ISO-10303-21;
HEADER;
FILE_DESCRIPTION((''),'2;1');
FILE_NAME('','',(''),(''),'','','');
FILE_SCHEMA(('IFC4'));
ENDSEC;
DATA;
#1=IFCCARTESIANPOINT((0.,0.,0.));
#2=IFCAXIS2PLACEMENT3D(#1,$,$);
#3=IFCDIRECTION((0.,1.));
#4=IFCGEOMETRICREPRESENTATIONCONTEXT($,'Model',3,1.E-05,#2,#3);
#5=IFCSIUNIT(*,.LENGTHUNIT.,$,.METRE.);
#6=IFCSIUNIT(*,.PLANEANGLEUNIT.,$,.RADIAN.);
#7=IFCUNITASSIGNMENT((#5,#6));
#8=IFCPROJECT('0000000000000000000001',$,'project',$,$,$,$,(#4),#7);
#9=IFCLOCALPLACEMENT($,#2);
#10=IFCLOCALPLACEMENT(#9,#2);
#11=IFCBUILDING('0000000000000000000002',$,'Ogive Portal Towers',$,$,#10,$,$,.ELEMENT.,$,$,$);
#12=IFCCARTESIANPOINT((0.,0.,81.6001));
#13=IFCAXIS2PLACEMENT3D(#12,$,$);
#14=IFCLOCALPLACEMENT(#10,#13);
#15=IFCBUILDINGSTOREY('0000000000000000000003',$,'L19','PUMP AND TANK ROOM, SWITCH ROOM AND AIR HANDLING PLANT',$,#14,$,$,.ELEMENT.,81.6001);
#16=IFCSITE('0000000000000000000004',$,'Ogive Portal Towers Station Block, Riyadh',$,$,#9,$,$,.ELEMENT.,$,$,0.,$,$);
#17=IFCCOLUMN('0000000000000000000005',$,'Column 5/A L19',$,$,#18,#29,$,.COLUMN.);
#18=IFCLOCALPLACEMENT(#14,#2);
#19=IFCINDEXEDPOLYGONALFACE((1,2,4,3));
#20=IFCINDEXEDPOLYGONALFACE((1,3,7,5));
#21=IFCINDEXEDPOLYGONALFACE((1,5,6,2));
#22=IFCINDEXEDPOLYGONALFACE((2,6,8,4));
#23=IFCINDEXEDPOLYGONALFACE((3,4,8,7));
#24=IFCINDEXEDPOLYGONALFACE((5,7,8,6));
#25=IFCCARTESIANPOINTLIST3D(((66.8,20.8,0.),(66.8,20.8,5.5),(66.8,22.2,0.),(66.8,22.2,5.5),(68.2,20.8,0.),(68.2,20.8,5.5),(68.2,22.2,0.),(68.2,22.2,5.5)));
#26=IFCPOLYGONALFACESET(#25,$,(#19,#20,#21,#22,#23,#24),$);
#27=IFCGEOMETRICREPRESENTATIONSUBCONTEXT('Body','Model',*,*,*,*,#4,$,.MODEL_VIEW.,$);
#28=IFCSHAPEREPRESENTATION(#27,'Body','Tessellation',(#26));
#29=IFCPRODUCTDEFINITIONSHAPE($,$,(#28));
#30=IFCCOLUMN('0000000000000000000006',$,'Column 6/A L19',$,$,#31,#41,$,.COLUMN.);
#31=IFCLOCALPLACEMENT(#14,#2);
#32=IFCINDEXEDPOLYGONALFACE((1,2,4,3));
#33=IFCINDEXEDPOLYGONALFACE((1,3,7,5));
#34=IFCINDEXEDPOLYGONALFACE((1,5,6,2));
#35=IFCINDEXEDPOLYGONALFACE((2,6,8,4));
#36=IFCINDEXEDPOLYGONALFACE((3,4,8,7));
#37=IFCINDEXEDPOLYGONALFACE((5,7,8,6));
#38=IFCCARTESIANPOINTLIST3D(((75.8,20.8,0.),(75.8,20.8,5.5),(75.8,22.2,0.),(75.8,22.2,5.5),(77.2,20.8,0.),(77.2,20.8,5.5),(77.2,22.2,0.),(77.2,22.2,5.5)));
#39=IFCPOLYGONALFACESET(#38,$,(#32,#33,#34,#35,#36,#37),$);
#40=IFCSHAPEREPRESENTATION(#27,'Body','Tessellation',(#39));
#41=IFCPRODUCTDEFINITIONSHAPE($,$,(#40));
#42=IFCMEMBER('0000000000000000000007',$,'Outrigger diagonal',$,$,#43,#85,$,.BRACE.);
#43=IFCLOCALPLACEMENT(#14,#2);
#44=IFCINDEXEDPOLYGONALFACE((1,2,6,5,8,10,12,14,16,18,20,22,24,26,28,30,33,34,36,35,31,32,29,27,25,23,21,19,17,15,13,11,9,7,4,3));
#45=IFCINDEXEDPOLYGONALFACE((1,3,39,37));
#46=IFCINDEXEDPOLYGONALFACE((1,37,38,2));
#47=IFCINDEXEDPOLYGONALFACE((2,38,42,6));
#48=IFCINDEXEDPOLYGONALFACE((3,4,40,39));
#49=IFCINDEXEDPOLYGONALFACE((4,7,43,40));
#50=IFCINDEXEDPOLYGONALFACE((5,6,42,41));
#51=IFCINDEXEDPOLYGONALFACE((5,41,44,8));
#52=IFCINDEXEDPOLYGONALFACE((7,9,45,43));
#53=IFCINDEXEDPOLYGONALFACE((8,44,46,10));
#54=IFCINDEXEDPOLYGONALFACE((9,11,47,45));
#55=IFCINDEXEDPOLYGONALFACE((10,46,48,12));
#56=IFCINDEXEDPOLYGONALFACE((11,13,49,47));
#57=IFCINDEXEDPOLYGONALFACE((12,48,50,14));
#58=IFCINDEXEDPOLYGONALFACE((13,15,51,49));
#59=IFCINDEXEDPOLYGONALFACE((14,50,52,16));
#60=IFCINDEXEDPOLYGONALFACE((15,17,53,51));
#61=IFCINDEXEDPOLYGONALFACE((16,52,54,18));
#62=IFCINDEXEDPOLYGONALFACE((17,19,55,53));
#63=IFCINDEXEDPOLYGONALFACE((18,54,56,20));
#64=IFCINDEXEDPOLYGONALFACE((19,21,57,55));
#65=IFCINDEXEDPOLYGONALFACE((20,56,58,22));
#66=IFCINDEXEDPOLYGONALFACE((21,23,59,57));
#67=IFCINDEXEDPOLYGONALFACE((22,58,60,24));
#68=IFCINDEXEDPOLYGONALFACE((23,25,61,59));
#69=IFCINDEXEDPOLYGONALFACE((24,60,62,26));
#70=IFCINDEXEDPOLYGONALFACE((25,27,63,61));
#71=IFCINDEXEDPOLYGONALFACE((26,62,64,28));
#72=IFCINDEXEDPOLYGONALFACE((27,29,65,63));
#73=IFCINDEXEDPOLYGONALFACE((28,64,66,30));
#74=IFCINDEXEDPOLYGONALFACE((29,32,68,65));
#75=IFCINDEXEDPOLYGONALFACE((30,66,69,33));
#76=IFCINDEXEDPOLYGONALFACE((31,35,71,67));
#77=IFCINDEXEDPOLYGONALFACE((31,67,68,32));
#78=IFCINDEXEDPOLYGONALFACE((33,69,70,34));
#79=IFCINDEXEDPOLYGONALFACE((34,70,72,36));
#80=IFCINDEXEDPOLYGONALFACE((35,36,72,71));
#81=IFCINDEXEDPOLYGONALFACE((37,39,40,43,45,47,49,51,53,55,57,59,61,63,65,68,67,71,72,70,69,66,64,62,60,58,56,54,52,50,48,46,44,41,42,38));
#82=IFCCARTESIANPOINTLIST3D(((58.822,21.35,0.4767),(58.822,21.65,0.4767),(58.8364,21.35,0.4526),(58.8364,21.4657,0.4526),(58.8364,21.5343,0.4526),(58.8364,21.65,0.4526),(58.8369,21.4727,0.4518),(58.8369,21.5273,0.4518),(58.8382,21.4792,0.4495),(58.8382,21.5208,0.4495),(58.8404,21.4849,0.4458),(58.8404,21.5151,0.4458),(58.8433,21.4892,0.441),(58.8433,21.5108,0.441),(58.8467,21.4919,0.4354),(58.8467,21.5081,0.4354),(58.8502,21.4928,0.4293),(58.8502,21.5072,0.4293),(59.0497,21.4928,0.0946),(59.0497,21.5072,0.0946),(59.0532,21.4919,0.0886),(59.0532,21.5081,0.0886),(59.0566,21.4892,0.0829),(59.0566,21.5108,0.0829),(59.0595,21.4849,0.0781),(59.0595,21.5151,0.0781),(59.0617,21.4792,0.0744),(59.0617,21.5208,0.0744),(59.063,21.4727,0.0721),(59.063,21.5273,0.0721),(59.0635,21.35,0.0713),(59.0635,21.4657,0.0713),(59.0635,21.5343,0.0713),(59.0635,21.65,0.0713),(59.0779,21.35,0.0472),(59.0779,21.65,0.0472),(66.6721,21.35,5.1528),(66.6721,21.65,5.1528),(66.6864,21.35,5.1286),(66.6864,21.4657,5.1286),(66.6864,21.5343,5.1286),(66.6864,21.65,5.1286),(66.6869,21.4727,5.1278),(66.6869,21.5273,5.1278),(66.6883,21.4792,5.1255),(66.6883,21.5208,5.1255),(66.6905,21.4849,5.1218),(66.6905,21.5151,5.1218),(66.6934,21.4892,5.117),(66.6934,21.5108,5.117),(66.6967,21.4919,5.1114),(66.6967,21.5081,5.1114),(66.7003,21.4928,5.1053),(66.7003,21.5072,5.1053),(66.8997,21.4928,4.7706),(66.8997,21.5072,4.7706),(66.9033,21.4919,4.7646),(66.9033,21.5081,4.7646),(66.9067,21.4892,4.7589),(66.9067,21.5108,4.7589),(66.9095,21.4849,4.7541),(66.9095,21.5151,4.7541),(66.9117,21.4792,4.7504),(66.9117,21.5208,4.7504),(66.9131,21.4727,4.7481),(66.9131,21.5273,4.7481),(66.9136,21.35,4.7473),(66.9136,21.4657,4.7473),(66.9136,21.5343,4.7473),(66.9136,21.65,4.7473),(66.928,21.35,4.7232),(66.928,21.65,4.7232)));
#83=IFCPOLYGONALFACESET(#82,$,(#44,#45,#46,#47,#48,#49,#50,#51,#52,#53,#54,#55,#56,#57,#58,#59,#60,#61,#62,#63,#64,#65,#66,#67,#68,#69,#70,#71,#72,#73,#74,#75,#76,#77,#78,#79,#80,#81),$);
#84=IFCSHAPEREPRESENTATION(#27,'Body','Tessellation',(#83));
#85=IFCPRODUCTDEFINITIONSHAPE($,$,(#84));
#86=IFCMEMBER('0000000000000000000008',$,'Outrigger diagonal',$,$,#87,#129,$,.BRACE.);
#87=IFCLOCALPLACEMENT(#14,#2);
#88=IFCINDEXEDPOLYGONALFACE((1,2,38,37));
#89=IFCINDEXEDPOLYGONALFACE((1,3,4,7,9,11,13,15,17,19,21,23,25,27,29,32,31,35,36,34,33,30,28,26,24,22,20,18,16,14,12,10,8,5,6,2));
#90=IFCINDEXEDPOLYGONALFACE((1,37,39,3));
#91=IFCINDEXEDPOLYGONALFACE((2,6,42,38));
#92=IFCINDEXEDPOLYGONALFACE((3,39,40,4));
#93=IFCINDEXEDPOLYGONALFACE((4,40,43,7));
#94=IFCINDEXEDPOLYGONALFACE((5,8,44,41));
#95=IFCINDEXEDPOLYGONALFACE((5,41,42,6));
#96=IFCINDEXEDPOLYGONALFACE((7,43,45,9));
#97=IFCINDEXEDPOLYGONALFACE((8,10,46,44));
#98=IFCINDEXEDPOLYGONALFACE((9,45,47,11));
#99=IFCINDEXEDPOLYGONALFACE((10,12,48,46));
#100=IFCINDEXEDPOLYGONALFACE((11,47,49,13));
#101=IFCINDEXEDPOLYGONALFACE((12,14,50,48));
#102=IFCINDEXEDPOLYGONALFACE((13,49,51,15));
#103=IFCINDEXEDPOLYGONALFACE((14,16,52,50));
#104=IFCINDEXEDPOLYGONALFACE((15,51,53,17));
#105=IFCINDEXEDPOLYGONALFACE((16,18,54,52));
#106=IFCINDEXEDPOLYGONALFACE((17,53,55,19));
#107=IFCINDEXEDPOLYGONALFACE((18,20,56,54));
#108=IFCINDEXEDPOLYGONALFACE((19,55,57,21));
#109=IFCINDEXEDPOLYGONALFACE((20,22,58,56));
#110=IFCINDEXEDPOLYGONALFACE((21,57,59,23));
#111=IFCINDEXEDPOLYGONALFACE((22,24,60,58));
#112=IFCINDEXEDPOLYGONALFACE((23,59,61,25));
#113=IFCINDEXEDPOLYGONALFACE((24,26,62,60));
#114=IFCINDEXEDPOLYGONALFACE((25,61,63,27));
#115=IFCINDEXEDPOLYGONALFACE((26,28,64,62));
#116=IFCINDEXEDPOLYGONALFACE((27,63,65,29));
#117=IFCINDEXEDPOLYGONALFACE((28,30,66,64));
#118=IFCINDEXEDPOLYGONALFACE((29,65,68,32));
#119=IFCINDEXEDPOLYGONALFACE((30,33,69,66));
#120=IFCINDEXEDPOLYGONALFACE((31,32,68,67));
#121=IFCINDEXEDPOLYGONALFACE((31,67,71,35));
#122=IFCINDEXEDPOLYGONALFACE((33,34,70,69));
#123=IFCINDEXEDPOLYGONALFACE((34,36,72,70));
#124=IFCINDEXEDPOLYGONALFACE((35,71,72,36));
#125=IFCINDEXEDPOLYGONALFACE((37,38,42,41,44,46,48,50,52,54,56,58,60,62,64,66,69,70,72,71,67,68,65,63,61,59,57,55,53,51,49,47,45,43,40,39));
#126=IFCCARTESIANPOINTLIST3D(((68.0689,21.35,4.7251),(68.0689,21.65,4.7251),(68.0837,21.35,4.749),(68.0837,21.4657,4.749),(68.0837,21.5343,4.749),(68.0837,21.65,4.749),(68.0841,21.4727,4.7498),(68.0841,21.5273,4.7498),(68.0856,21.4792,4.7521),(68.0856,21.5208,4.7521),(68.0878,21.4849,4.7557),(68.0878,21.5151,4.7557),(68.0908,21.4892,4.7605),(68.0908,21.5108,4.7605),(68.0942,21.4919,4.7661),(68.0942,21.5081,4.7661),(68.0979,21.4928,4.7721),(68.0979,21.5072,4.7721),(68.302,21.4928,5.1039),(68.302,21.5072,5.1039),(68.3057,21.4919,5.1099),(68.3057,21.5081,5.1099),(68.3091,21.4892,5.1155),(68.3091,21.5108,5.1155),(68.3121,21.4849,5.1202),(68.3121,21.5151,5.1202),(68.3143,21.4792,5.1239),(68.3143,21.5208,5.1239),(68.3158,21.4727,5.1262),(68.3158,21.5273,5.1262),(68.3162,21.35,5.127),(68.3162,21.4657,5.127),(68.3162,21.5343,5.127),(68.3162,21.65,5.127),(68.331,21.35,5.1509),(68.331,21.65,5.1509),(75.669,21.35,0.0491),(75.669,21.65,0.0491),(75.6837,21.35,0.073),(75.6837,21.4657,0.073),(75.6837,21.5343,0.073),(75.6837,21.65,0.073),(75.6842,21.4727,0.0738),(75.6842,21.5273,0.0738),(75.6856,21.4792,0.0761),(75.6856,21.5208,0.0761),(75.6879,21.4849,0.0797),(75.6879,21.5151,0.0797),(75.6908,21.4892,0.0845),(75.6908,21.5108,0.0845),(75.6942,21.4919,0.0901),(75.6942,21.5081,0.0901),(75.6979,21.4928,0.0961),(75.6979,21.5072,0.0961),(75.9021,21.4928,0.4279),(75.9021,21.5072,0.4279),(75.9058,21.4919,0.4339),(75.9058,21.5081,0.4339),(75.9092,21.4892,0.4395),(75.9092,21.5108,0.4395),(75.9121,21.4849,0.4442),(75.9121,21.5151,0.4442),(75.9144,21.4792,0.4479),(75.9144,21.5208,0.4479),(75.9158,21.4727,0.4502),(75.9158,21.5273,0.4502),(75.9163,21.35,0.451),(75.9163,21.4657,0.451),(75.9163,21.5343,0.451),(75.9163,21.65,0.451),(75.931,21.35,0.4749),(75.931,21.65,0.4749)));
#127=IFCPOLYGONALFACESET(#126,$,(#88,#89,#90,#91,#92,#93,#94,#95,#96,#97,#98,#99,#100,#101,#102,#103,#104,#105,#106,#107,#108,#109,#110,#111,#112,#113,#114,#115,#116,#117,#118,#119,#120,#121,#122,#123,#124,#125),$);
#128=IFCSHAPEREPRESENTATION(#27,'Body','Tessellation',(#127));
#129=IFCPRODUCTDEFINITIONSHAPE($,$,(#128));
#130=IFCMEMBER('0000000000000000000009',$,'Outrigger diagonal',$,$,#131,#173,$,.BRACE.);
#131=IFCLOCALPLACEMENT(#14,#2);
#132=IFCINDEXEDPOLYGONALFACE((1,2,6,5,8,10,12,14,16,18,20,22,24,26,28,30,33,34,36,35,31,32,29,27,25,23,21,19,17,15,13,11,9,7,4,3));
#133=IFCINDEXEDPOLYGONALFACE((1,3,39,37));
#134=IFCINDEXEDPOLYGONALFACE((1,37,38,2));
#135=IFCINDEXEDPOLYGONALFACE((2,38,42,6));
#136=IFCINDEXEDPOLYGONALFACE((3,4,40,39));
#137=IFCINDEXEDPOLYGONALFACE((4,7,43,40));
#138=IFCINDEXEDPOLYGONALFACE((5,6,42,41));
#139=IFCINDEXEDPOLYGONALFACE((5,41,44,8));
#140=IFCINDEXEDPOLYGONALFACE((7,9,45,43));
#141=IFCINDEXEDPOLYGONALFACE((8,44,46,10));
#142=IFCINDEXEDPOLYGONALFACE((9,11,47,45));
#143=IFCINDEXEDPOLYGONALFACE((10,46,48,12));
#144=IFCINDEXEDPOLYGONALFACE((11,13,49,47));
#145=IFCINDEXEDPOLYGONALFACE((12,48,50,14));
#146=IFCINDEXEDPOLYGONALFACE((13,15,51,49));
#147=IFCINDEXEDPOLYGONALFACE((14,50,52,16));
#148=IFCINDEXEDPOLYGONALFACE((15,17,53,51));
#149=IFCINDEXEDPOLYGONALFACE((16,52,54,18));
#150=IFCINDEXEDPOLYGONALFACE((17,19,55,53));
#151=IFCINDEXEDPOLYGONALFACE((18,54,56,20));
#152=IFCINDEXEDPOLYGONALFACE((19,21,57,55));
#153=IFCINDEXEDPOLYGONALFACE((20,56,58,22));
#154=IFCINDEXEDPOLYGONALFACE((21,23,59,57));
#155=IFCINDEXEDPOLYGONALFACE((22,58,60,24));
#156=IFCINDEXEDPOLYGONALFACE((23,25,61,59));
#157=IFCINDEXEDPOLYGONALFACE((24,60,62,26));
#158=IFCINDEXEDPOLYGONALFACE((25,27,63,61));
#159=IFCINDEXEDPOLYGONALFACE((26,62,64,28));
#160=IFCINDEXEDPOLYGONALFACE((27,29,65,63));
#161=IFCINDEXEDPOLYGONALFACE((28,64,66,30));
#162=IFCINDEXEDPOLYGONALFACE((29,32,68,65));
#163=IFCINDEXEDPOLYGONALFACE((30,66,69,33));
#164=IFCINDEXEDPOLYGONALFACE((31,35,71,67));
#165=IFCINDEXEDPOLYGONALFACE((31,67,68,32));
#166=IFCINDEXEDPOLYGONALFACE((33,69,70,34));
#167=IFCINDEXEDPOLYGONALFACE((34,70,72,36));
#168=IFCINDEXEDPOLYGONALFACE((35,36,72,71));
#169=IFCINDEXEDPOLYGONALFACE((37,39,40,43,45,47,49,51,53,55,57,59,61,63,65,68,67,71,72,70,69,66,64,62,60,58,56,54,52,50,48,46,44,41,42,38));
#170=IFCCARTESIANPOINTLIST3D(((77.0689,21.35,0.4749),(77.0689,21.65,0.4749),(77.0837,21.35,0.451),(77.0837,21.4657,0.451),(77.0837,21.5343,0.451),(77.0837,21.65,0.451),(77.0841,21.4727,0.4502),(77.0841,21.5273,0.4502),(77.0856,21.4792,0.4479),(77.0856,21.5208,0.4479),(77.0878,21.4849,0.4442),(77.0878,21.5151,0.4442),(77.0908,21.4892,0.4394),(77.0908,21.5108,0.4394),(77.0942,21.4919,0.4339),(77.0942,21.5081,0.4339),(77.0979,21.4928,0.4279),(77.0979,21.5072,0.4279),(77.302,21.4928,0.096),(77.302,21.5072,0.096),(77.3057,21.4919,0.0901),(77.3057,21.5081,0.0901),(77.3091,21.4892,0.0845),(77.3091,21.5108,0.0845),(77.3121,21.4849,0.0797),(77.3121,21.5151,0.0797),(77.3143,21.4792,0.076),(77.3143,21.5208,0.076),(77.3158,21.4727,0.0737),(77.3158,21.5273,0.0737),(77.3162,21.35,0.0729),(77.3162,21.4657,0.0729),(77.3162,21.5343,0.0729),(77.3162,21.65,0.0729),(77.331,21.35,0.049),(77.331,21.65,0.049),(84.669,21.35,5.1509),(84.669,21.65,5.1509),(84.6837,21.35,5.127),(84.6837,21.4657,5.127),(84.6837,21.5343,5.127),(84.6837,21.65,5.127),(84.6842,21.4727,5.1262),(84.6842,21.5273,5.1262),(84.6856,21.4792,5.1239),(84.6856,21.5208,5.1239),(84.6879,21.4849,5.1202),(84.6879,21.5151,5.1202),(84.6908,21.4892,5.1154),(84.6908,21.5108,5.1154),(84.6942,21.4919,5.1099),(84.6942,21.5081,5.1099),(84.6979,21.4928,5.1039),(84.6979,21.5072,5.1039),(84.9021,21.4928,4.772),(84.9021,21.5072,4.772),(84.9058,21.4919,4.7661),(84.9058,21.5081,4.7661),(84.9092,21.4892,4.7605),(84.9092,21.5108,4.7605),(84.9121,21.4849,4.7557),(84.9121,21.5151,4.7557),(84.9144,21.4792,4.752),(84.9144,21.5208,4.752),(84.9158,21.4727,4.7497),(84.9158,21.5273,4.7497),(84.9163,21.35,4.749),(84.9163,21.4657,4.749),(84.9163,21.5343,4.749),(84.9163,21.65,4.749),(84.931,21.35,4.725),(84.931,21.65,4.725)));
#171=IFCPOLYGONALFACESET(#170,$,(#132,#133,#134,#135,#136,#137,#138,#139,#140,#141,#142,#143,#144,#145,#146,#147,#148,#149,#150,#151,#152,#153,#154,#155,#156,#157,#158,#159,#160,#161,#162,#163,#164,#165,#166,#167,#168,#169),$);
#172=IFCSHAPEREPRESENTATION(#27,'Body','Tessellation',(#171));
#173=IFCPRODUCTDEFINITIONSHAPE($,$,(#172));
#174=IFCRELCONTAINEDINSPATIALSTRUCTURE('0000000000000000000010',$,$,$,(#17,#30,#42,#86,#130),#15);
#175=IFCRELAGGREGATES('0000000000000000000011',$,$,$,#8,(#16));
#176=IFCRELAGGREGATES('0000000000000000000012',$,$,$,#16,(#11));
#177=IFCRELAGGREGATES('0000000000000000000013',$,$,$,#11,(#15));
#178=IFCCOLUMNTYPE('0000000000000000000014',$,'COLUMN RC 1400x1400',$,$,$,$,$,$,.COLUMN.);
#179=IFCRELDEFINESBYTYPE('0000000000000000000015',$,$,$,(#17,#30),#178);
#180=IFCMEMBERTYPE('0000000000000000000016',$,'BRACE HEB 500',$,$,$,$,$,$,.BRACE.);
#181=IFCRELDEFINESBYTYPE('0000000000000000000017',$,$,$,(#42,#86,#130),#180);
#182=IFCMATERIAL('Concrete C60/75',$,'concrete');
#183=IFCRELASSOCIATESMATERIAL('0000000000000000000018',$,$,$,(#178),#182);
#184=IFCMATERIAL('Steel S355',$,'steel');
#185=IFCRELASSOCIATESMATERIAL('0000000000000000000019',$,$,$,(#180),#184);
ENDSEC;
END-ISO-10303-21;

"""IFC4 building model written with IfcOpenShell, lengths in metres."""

from ifc_helpers import new_model, si_unit, direction, frame, origin, origin_2d, place, context, subcontext, project, spatial, rectangle, i_section, extrude, material, material_profile, profile_set, type_object, element, save


model = new_model("IFC4")

# Units and contexts
model_context = context("Model", 3, precision=1e-05, world=origin(), true_north=direction((0.0, 1.0)))
body_context = subcontext(model_context, "Body", "Model", "MODEL_VIEW")
ifc_project = project(units=[si_unit("LENGTHUNIT", "METRE"), si_unit("PLANEANGLEUNIT", "RADIAN")], contexts=[model_context])

# Site, building, storey
site_placement = place(None, origin())
site = spatial("IfcSite", under=ifc_project, at=site_placement, Name="Ogive Portal Towers Station Block, Riyadh", CompositionType="ELEMENT", RefElevation=0.0)
building_placement = place(site_placement, origin())
building = spatial("IfcBuilding", under=site, at=building_placement, Name="Ogive Portal Towers", CompositionType="ELEMENT")
storey_placement = place(building_placement, frame((0.0, 0.0, 81.6001)))
storey = spatial("IfcBuildingStorey", under=building, at=storey_placement, Name="L19", Description="PUMP AND TANK ROOM, SWITCH ROOM AND AIR HANDLING PLANT", CompositionType="ELEMENT", Elevation=81.6001)

# Columns
ifc_material_1 = material(Name="Concrete C60/75", Category="concrete")
ifc_material_profile_1 = material_profile(ifc_material_1, rectangle(XDim=1.3999, YDim=1.3999, at=origin_2d()), Name="RC 1400x1400")
ifc_profile_set_1 = profile_set([ifc_material_profile_1], Name="Concrete C60/75")
column_type = type_object("IfcColumnType", Name="COLUMN RC 1400x1400", PredefinedType="COLUMN", material=ifc_profile_set_1)
for number, where, z_axis, x_axis, name in (
    (1, (67.5, 21.5, 0.0), (0.0, 0.0, 1.0), (1.0, 0.0, 0.0), "Column 5/A L19"),
    (2, (76.5, 21.5, 0.0), (0.0, 0.0, 1.0), (1.0, 0.0, 0.0), "Column 6/A L19"),
):
    element("IfcColumn", number, at=place(storey_placement, frame(where, z_axis=z_axis, x_axis=x_axis)), inside=storey, type_object=column_type, Name=name, PredefinedType="COLUMN", context=body_context, shape_type="SweptSolid", body=[
        extrude(rectangle(XDim=1.3999, YDim=1.3999, at=origin_2d()), origin(), (0.0, 0.0, 1.0), 5.5),
    ])

# Members
ifc_material_2 = material(Name="Steel S355", Category="steel")
ifc_material_profile_2 = material_profile(ifc_material_2, i_section(OverallWidth=0.3, OverallDepth=0.5, WebThickness=0.0144, FlangeThickness=0.0281, FilletRadius=0.0271, at=origin_2d()), Name="HEB 500")
ifc_profile_set_2 = profile_set([ifc_material_profile_2], Name="Steel S355")
member_type_1 = type_object("IfcMemberType", Name="BRACE HEB 500", PredefinedType="BRACE", material=ifc_profile_set_2)
member_placement = place(storey_placement, frame((58.95, 21.5, 0.262), z_axis=(0.859132, 0.0, 0.511754), x_axis=(0.0, 1.0, 0.0)))
element("IfcMember", 3, at=member_placement, inside=storey, type_object=member_type_1, Name="Outrigger diagonal", PredefinedType="BRACE", context=body_context, shape_type="SweptSolid", body=[
    extrude(i_section(OverallWidth=0.3, OverallDepth=0.5, WebThickness=0.0144, FlangeThickness=0.0281, FilletRadius=0.0271, at=origin_2d()), origin(), (0.0, 0.0, 1.0), 9.1372),
])
for number, where, z_axis, x_axis, name in (
    (4, (68.2, 21.5, 4.938), (0.851706, 0.0, -0.52402), (0.0, 1.0, 0.0), "Outrigger diagonal"),
    (5, (77.2, 21.5, 0.262), (0.851706, 0.0, 0.52402), (0.0, 1.0, 0.0), "Outrigger diagonal"),
):
    element("IfcMember", number, at=place(storey_placement, frame(where, z_axis=z_axis, x_axis=x_axis)), inside=storey, type_object=member_type_1, Name=name, PredefinedType="BRACE", context=body_context, shape_type="SweptSolid", body=[
        extrude(i_section(OverallWidth=0.3, OverallDepth=0.5, WebThickness=0.0144, FlangeThickness=0.0281, FilletRadius=0.0271, at=origin_2d()), origin(), (0.0, 0.0, 1.0), 8.9233),
    ])

save(model, "model.ifc")
